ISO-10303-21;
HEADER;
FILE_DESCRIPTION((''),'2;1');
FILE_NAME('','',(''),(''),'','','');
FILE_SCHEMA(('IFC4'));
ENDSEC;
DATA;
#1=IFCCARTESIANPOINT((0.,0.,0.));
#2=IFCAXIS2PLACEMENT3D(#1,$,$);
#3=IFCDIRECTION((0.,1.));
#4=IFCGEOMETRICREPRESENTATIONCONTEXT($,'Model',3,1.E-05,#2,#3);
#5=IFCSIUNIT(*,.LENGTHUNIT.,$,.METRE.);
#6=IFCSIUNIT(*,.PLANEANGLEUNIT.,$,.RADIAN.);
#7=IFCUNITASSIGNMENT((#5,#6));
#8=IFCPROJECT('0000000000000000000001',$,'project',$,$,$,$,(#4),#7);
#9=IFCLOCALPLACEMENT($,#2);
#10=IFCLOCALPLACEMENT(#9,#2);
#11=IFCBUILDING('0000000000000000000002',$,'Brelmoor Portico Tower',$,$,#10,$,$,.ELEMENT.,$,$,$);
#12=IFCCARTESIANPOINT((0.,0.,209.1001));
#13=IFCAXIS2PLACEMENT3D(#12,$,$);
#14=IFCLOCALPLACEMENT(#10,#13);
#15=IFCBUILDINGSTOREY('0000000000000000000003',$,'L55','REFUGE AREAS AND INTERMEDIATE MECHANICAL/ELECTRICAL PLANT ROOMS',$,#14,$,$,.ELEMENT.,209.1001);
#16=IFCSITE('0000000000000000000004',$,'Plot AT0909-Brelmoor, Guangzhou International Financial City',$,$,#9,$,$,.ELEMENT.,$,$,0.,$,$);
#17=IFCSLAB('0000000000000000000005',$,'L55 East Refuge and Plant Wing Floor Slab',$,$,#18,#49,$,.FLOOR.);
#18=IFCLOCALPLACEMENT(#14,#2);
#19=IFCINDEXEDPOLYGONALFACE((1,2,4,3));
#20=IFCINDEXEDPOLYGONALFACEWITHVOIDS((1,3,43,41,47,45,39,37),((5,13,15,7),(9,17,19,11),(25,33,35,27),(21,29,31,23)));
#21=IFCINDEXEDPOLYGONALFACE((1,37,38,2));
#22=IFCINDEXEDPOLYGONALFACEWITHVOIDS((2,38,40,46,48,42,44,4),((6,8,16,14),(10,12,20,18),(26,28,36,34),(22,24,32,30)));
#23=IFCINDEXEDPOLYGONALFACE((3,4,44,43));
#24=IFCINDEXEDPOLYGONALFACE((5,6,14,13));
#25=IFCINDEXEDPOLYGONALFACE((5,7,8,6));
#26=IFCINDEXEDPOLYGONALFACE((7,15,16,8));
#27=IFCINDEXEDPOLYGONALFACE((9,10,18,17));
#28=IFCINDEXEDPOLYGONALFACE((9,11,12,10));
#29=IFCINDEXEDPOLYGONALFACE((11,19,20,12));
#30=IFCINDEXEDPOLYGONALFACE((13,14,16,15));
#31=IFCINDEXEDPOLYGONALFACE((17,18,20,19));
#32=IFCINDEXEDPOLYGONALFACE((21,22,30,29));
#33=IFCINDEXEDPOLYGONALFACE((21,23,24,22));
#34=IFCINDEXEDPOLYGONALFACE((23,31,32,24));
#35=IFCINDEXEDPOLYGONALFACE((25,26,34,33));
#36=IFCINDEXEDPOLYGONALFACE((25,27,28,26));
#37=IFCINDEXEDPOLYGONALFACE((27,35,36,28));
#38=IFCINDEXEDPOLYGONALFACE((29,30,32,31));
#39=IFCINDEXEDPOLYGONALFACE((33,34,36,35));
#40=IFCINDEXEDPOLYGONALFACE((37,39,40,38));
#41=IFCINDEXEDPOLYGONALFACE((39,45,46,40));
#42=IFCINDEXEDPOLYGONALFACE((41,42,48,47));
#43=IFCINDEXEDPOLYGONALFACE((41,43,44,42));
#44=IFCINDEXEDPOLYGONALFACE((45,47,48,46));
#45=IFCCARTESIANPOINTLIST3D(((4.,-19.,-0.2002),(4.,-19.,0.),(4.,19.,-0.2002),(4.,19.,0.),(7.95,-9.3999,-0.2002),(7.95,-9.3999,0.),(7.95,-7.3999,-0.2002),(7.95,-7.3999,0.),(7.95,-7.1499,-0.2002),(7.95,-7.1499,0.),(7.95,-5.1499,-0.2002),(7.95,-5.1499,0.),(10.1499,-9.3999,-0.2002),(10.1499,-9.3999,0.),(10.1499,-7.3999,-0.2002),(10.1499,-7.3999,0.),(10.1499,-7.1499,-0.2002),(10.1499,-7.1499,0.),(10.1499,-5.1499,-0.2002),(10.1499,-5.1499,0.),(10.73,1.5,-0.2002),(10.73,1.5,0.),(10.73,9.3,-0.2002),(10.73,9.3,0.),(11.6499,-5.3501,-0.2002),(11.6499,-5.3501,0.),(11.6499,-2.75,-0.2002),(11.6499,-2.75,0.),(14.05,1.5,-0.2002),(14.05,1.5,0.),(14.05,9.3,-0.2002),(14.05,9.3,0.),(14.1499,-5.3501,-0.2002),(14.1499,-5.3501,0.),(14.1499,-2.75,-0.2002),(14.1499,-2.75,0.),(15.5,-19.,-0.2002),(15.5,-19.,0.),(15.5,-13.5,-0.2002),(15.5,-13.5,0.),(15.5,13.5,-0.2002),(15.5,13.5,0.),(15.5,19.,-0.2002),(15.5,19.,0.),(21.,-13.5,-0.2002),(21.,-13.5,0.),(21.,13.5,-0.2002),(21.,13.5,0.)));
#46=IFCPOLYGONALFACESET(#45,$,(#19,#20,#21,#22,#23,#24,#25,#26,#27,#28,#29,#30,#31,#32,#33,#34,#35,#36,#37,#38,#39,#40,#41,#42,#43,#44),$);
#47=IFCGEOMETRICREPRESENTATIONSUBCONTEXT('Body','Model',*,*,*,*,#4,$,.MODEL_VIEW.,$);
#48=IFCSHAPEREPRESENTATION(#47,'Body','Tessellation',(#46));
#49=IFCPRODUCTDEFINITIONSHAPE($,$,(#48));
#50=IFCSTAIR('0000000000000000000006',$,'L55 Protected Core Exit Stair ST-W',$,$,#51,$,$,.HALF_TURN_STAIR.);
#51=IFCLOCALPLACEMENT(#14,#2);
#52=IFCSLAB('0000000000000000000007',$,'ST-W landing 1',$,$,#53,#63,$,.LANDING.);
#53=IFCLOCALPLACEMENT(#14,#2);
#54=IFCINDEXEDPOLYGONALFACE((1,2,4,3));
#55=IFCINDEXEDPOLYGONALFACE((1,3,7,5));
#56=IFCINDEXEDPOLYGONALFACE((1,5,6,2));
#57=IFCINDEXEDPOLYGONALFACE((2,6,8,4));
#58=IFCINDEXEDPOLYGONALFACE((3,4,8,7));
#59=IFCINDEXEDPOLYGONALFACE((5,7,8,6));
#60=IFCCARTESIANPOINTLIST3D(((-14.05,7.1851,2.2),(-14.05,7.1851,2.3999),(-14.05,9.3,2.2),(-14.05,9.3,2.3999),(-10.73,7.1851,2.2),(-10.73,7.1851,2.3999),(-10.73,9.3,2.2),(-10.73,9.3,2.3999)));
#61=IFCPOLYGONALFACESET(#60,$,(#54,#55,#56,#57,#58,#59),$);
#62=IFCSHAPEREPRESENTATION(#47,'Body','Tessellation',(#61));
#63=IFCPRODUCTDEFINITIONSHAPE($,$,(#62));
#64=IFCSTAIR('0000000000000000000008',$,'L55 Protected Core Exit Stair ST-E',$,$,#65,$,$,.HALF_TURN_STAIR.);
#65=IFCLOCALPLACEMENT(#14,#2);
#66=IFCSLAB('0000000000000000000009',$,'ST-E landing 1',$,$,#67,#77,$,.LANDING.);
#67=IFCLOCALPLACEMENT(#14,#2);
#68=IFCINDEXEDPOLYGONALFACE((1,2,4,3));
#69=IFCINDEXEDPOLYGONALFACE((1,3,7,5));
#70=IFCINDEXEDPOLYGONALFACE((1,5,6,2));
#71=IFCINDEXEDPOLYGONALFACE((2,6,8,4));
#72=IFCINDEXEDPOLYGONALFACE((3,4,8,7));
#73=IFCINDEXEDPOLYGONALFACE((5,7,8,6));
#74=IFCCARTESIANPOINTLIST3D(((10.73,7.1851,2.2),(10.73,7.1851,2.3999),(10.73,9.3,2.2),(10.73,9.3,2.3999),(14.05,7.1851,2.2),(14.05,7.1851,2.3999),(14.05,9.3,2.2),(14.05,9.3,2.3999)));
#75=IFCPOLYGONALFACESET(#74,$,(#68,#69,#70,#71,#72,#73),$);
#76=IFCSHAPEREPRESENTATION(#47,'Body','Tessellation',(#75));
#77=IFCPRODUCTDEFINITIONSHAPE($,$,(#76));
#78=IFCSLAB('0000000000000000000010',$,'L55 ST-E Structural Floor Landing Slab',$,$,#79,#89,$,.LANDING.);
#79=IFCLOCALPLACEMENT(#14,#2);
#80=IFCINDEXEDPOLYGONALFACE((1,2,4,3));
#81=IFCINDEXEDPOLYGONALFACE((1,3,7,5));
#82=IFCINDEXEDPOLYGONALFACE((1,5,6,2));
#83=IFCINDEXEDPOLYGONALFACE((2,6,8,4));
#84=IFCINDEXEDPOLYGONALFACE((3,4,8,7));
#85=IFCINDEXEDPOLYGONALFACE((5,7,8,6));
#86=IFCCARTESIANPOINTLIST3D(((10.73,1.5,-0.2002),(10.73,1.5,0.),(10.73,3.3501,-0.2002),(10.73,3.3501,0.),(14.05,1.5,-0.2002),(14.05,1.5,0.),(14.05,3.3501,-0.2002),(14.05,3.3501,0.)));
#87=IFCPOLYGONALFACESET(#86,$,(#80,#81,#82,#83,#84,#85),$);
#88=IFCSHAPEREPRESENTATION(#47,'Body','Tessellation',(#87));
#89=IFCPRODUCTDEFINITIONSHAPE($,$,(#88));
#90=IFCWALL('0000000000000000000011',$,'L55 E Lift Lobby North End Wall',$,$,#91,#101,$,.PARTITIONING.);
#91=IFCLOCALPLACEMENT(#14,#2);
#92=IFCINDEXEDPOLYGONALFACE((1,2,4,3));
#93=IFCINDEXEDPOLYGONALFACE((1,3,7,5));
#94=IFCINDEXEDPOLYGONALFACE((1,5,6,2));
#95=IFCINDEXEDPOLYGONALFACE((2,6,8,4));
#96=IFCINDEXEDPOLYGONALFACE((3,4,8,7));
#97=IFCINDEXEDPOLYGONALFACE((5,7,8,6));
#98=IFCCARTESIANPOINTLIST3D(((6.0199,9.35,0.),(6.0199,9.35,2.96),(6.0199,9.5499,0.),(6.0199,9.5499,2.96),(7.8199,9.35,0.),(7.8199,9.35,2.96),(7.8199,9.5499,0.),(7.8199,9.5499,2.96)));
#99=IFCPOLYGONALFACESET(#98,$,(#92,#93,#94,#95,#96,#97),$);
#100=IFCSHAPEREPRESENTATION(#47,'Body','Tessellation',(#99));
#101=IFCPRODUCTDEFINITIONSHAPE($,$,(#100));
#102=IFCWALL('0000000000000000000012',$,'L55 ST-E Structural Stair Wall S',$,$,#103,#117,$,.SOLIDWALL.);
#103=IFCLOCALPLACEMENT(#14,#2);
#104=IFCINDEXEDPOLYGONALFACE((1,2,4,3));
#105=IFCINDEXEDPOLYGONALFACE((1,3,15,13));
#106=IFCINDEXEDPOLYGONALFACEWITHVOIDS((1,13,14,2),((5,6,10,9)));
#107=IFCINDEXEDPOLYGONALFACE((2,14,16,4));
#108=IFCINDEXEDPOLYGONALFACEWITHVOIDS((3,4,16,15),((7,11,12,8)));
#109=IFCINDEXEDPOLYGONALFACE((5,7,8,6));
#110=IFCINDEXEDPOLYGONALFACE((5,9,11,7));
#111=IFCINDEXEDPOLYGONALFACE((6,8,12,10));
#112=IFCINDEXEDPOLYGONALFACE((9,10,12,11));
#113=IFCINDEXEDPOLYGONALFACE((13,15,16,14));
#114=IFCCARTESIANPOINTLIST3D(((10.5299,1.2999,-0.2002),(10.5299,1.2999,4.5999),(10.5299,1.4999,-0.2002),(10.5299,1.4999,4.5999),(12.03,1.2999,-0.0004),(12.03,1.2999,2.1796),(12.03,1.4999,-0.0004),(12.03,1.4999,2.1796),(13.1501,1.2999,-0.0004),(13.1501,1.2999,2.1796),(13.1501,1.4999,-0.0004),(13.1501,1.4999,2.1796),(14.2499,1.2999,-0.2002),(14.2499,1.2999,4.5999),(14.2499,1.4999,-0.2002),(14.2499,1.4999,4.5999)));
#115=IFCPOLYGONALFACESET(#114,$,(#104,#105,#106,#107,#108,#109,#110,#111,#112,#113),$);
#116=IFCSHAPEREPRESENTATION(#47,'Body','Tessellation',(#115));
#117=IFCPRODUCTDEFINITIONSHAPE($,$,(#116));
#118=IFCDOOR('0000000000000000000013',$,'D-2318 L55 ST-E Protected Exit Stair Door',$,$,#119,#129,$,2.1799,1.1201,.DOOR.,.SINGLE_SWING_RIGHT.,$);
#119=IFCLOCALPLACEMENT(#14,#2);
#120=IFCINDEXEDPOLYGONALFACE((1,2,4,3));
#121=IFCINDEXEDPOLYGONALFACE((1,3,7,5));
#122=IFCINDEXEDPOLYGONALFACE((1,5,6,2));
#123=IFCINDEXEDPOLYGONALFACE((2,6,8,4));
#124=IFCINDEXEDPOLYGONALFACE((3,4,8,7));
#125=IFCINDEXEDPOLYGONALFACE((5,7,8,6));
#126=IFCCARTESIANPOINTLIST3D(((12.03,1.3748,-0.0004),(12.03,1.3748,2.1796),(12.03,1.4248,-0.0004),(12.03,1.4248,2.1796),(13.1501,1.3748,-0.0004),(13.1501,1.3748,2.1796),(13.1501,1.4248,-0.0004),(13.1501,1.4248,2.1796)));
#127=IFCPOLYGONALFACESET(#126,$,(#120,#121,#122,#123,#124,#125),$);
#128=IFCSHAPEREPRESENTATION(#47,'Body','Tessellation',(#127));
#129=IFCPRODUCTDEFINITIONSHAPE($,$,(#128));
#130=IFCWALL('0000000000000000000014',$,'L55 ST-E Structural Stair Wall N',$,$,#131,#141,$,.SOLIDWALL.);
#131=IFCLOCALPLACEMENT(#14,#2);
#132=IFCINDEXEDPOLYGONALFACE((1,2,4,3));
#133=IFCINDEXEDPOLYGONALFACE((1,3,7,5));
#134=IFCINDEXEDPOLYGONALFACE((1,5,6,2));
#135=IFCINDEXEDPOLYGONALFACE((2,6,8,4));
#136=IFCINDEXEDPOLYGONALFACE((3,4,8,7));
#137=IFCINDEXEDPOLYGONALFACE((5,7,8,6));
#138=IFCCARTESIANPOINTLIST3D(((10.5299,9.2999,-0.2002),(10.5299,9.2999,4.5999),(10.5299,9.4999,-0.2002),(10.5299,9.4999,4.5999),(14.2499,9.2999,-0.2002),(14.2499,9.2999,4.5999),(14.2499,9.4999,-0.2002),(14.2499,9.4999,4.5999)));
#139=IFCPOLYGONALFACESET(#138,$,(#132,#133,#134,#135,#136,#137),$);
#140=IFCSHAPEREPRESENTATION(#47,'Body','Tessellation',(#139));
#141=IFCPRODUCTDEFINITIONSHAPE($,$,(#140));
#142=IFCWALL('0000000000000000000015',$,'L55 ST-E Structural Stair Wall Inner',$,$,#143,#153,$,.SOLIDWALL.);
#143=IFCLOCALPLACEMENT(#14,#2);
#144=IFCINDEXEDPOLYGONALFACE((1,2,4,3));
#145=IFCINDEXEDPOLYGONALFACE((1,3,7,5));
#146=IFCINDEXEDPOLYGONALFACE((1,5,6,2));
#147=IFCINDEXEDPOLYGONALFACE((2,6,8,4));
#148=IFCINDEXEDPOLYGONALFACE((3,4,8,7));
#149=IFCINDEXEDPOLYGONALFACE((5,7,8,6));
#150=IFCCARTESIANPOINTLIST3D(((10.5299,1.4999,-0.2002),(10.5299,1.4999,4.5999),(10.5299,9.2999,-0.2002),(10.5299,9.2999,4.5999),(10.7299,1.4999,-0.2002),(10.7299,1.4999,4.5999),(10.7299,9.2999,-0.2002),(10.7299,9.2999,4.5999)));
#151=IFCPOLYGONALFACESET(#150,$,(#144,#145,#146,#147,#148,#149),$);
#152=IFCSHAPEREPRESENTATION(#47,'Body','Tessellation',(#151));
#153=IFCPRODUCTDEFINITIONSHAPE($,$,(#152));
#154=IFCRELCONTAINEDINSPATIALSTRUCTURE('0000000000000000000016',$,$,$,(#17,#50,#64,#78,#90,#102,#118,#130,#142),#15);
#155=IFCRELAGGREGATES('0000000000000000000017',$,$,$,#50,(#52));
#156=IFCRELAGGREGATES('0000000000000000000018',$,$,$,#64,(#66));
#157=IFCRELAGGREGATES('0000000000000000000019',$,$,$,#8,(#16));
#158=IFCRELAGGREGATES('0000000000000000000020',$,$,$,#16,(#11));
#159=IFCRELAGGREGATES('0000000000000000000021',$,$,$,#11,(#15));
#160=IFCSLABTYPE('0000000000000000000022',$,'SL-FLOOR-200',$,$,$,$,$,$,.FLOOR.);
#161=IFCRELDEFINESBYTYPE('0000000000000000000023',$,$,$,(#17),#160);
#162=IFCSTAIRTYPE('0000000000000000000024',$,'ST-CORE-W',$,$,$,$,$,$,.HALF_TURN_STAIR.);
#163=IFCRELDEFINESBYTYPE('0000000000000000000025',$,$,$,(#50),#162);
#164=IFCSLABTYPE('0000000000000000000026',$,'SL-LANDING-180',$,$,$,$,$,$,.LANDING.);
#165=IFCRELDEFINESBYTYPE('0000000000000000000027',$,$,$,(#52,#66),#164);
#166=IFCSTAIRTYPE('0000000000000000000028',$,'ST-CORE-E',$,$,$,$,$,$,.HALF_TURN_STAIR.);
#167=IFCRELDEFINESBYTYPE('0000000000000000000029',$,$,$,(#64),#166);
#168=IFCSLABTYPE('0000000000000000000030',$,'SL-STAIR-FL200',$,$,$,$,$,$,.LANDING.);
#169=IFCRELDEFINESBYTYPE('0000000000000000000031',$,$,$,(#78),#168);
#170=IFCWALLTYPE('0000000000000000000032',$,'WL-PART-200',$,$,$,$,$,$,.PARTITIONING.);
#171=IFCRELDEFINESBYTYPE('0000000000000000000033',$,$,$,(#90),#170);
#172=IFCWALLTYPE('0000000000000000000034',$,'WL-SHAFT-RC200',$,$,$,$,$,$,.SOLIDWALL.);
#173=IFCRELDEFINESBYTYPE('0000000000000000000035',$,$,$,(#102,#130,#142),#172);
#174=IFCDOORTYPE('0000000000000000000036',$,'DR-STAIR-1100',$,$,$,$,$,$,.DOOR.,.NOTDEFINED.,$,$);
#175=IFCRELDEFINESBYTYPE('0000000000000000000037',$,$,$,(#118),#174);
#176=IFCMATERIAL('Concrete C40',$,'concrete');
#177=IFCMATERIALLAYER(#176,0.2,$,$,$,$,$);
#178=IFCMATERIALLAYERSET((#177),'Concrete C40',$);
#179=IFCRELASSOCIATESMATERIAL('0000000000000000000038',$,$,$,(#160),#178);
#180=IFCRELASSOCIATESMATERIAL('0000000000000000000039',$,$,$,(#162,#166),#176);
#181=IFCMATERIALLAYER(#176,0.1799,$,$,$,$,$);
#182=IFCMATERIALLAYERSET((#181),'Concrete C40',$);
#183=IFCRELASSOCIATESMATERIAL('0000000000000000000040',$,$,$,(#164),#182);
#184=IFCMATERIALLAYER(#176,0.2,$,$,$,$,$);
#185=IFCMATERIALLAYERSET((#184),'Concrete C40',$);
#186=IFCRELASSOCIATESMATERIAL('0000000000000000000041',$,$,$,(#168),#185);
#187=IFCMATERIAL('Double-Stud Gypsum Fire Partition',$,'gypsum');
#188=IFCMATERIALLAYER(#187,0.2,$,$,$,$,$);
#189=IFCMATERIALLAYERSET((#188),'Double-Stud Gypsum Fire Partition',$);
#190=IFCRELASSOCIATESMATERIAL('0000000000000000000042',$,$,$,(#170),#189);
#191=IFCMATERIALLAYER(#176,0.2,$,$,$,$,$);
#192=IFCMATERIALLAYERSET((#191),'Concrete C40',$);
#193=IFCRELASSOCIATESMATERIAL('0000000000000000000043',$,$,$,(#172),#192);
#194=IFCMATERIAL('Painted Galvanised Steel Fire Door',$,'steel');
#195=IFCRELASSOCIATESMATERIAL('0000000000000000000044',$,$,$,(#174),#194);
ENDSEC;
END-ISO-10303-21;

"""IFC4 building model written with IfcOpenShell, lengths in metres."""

from ifc_helpers import new_model, si_unit, direction, frame, frame_2d, origin, place, context, subcontext, project, spatial, polyline, rectangle, outline, extrude, material, layer, layer_set, type_object, element, fill, aggregate, save


model = new_model("IFC4")

# Units and contexts
model_context = context("Model", 3, precision=1e-05, world=origin(), true_north=direction((0.0, 1.0)))
body_context = subcontext(model_context, "Body", "Model", "MODEL_VIEW")
ifc_project = project(units=[si_unit("LENGTHUNIT", "METRE"), si_unit("PLANEANGLEUNIT", "RADIAN")], contexts=[model_context])

# Site, building, storey
site_placement = place(None, origin())
site = spatial("IfcSite", under=ifc_project, at=site_placement, Name="Plot AT0909-Brelmoor, Guangzhou International Financial City", CompositionType="ELEMENT", RefElevation=0.0)
building_placement = place(site_placement, origin())
building = spatial("IfcBuilding", under=site, at=building_placement, Name="Brelmoor Portico Tower", CompositionType="ELEMENT")
storey_placement = place(building_placement, frame((0.0, 0.0, 209.1001)))
storey = spatial("IfcBuildingStorey", under=building, at=storey_placement, Name="L55", Description="REFUGE AREAS AND INTERMEDIATE MECHANICAL/ELECTRICAL PLANT ROOMS", CompositionType="ELEMENT", Elevation=209.1001)

# Slab
ifc_material_1 = material(Name="Concrete C40", Category="concrete")
ifc_layer_1 = layer(ifc_material_1, 0.2)
ifc_layer_set_1 = layer_set([ifc_layer_1], Name="Concrete C40")
slab_type_1 = type_object("IfcSlabType", Name="SL-FLOOR-200", PredefinedType="FLOOR", material=ifc_layer_set_1)
slab_1_placement = place(storey_placement, frame((0.0, 0.0, -0.2002)))
element("IfcSlab", 1, at=slab_1_placement, inside=storey, type_object=slab_type_1, Name="L55 East Refuge and Plant Wing Floor Slab", PredefinedType="FLOOR", context=body_context, shape_type="SweptSolid", body=[
    extrude(outline(polyline([(4.0, -19.0), (15.5, -19.0), (15.5, -13.5), (21.0, -13.5), (21.0, 13.5), (15.5, 13.5), (15.5, 19.0), (4.0, 19.0), (4.0, -19.0)]), holes=[polyline([(14.05, 1.5), (14.05, 9.3), (10.73, 9.3), (10.73, 1.5), (14.05, 1.5)]), polyline([(7.95, -9.3999), (10.1499, -9.3999), (10.1499, -7.3999), (7.95, -7.3999), (7.95, -9.3999)]), polyline([(7.95, -7.1499), (10.1499, -7.1499), (10.1499, -5.1499), (7.95, -5.1499), (7.95, -7.1499)]), polyline([(11.6499, -5.3501), (14.1499, -5.3501), (14.1499, -2.75), (11.6499, -2.75), (11.6499, -5.3501)])]), origin(), (0.0, 0.0, 1.0), 0.2002),
])

# Stairs, slabs
stair_type_1 = type_object("IfcStairType", Name="ST-CORE-W", PredefinedType="HALF_TURN_STAIR", material=ifc_material_1)
stair_1_placement = place(storey_placement, origin())
stair_1 = element("IfcStair", 2, at=stair_1_placement, inside=storey, type_object=stair_type_1, Name="L55 Protected Core Exit Stair ST-W", PredefinedType="HALF_TURN_STAIR")
ifc_layer_2 = layer(ifc_material_1, 0.1799)
ifc_layer_set_2 = layer_set([ifc_layer_2], Name="Concrete C40")
slab_type_2 = type_object("IfcSlabType", Name="SL-LANDING-180", PredefinedType="LANDING", material=ifc_layer_set_2)
slab_2_placement = place(storey_placement, frame((0.0, 0.0, 2.2)))
slab_2 = element("IfcSlab", 3, at=slab_2_placement, type_object=slab_type_2, Name="ST-W landing 1", PredefinedType="LANDING", context=body_context, shape_type="SweptSolid", body=[
    extrude(outline(polyline([(-10.73, 7.1851), (-10.73, 9.3), (-14.05, 9.3), (-14.05, 7.1851), (-10.73, 7.1851)])), origin(), (0.0, 0.0, 1.0), 0.2),
])
aggregate(stair_1, [slab_2])
stair_type_2 = type_object("IfcStairType", Name="ST-CORE-E", PredefinedType="HALF_TURN_STAIR", material=ifc_material_1)
stair_2_placement = place(storey_placement, origin())
stair_2 = element("IfcStair", 4, at=stair_2_placement, inside=storey, type_object=stair_type_2, Name="L55 Protected Core Exit Stair ST-E", PredefinedType="HALF_TURN_STAIR")
slab_3_placement = place(storey_placement, frame((0.0, 0.0, 2.2)))
slab_3 = element("IfcSlab", 5, at=slab_3_placement, type_object=slab_type_2, Name="ST-E landing 1", PredefinedType="LANDING", context=body_context, shape_type="SweptSolid", body=[
    extrude(outline(polyline([(14.05, 7.1851), (14.05, 9.3), (10.73, 9.3), (10.73, 7.1851), (14.05, 7.1851)])), origin(), (0.0, 0.0, 1.0), 0.2),
])

# Slab
ifc_layer_3 = layer(ifc_material_1, 0.2)
ifc_layer_set_3 = layer_set([ifc_layer_3], Name="Concrete C40")
slab_type_3 = type_object("IfcSlabType", Name="SL-STAIR-FL200", PredefinedType="LANDING", material=ifc_layer_set_3)
slab_4_placement = place(storey_placement, frame((0.0, 0.0, -0.2002)))
element("IfcSlab", 6, at=slab_4_placement, inside=storey, type_object=slab_type_3, Name="L55 ST-E Structural Floor Landing Slab", PredefinedType="LANDING", context=body_context, shape_type="SweptSolid", body=[
    extrude(outline(polyline([(14.05, 1.5), (14.05, 3.3501), (10.73, 3.3501), (10.73, 1.5), (14.05, 1.5)])), origin(), (0.0, 0.0, 1.0), 0.2002),
])

# Wall
ifc_material_2 = material(Name="Double-Stud Gypsum Fire Partition", Category="gypsum")
ifc_layer_4 = layer(ifc_material_2, 0.2)
ifc_layer_set_4 = layer_set([ifc_layer_4], Name="Double-Stud Gypsum Fire Partition")
wall_type_1 = type_object("IfcWallType", Name="WL-PART-200", PredefinedType="PARTITIONING", material=ifc_layer_set_4)
wall_1_placement = place(storey_placement, frame((6.02, 9.45, 0.0), z_axis=(0.0, 0.0, 1.0), x_axis=(1.0, 0.0, 0.0)))
element("IfcWall", 7, at=wall_1_placement, inside=storey, type_object=wall_type_1, Name="L55 E Lift Lobby North End Wall", PredefinedType="PARTITIONING", context=body_context, shape_type="SweptSolid", body=[
    extrude(rectangle(XDim=1.8, YDim=0.2, at=frame_2d((0.8999, 0.0))), origin(), (0.0, 0.0, 1.0), 2.96),
])

# Wall, opening, door
ifc_layer_5 = layer(ifc_material_1, 0.2)
ifc_layer_set_5 = layer_set([ifc_layer_5], Name="Concrete C40")
wall_type_2 = type_object("IfcWallType", Name="WL-SHAFT-RC200", PredefinedType="SOLIDWALL", material=ifc_layer_set_5)
wall_2_placement = place(storey_placement, frame((10.53, 1.3999, -0.2002), z_axis=(0.0, 0.0, 1.0), x_axis=(1.0, 0.0, 0.0)))
wall_2 = element("IfcWall", 8, at=wall_2_placement, inside=storey, type_object=wall_type_2, Name="L55 ST-E Structural Stair Wall S", PredefinedType="SOLIDWALL", context=body_context, shape_type="SweptSolid", body=[
    extrude(rectangle(XDim=3.72, YDim=0.2, at=frame_2d((1.8599, 0.0))), origin(), (0.0, 0.0, 1.0), 4.8),
])
opening_placement = place(wall_2_placement, frame((1.5, 0.0, 0.2)))
opening = element("IfcOpeningElement", 9, at=opening_placement, cuts=wall_2, PredefinedType="OPENING", context=body_context, shape_type="SweptSolid", body=[
    extrude(rectangle(XDim=1.1201, YDim=2.1799, at=frame_2d((0.5601, 1.0898))), frame((0.0, 0.1099, 0.0), z_axis=(0.0, -1.0, 0.0), x_axis=(1.0, 0.0, 0.0)), (0.0, 0.0, 1.0), 0.22),
])
ifc_material_3 = material(Name="Painted Galvanised Steel Fire Door", Category="steel")
door_type = type_object("IfcDoorType", Name="DR-STAIR-1100", OperationType="NOTDEFINED", PredefinedType="DOOR", material=ifc_material_3)
door_placement = place(opening_placement, origin())
door = element("IfcDoor", 10, at=door_placement, inside=storey, type_object=door_type, Name="D-2318 L55 ST-E Protected Exit Stair Door", OperationType="SINGLE_SWING_RIGHT", OverallHeight=2.1799, OverallWidth=1.1201, PredefinedType="DOOR", context=body_context, shape_type="SweptSolid", body=[
    extrude(rectangle(XDim=1.1201, YDim=2.1799, at=frame_2d((0.5601, 1.0898))), frame((0.0, 0.0249, 0.0), z_axis=(0.0, -1.0, 0.0), x_axis=(1.0, 0.0, 0.0)), (0.0, 0.0, 1.0), 0.05),
])
fill(opening, door)

# Walls
wall_3_placement = place(storey_placement, frame((10.53, 9.3999, -0.2002), z_axis=(0.0, 0.0, 1.0), x_axis=(1.0, 0.0, 0.0)))
element("IfcWall", 11, at=wall_3_placement, inside=storey, type_object=wall_type_2, Name="L55 ST-E Structural Stair Wall N", PredefinedType="SOLIDWALL", context=body_context, shape_type="SweptSolid", body=[
    extrude(rectangle(XDim=3.72, YDim=0.2, at=frame_2d((1.8599, 0.0))), origin(), (0.0, 0.0, 1.0), 4.8),
])
wall_4_placement = place(storey_placement, frame((10.6299, 1.5, -0.2002), z_axis=(0.0, 0.0, 1.0), x_axis=(0.0, 1.0, 0.0)))
element("IfcWall", 12, at=wall_4_placement, inside=storey, type_object=wall_type_2, Name="L55 ST-E Structural Stair Wall Inner", PredefinedType="SOLIDWALL", context=body_context, shape_type="SweptSolid", body=[
    extrude(rectangle(XDim=7.8, YDim=0.2, at=frame_2d((3.8999, 0.0))), origin(), (0.0, 0.0, 1.0), 4.8),
])

aggregate(stair_2, [slab_3])

save(model, "model.ifc")
